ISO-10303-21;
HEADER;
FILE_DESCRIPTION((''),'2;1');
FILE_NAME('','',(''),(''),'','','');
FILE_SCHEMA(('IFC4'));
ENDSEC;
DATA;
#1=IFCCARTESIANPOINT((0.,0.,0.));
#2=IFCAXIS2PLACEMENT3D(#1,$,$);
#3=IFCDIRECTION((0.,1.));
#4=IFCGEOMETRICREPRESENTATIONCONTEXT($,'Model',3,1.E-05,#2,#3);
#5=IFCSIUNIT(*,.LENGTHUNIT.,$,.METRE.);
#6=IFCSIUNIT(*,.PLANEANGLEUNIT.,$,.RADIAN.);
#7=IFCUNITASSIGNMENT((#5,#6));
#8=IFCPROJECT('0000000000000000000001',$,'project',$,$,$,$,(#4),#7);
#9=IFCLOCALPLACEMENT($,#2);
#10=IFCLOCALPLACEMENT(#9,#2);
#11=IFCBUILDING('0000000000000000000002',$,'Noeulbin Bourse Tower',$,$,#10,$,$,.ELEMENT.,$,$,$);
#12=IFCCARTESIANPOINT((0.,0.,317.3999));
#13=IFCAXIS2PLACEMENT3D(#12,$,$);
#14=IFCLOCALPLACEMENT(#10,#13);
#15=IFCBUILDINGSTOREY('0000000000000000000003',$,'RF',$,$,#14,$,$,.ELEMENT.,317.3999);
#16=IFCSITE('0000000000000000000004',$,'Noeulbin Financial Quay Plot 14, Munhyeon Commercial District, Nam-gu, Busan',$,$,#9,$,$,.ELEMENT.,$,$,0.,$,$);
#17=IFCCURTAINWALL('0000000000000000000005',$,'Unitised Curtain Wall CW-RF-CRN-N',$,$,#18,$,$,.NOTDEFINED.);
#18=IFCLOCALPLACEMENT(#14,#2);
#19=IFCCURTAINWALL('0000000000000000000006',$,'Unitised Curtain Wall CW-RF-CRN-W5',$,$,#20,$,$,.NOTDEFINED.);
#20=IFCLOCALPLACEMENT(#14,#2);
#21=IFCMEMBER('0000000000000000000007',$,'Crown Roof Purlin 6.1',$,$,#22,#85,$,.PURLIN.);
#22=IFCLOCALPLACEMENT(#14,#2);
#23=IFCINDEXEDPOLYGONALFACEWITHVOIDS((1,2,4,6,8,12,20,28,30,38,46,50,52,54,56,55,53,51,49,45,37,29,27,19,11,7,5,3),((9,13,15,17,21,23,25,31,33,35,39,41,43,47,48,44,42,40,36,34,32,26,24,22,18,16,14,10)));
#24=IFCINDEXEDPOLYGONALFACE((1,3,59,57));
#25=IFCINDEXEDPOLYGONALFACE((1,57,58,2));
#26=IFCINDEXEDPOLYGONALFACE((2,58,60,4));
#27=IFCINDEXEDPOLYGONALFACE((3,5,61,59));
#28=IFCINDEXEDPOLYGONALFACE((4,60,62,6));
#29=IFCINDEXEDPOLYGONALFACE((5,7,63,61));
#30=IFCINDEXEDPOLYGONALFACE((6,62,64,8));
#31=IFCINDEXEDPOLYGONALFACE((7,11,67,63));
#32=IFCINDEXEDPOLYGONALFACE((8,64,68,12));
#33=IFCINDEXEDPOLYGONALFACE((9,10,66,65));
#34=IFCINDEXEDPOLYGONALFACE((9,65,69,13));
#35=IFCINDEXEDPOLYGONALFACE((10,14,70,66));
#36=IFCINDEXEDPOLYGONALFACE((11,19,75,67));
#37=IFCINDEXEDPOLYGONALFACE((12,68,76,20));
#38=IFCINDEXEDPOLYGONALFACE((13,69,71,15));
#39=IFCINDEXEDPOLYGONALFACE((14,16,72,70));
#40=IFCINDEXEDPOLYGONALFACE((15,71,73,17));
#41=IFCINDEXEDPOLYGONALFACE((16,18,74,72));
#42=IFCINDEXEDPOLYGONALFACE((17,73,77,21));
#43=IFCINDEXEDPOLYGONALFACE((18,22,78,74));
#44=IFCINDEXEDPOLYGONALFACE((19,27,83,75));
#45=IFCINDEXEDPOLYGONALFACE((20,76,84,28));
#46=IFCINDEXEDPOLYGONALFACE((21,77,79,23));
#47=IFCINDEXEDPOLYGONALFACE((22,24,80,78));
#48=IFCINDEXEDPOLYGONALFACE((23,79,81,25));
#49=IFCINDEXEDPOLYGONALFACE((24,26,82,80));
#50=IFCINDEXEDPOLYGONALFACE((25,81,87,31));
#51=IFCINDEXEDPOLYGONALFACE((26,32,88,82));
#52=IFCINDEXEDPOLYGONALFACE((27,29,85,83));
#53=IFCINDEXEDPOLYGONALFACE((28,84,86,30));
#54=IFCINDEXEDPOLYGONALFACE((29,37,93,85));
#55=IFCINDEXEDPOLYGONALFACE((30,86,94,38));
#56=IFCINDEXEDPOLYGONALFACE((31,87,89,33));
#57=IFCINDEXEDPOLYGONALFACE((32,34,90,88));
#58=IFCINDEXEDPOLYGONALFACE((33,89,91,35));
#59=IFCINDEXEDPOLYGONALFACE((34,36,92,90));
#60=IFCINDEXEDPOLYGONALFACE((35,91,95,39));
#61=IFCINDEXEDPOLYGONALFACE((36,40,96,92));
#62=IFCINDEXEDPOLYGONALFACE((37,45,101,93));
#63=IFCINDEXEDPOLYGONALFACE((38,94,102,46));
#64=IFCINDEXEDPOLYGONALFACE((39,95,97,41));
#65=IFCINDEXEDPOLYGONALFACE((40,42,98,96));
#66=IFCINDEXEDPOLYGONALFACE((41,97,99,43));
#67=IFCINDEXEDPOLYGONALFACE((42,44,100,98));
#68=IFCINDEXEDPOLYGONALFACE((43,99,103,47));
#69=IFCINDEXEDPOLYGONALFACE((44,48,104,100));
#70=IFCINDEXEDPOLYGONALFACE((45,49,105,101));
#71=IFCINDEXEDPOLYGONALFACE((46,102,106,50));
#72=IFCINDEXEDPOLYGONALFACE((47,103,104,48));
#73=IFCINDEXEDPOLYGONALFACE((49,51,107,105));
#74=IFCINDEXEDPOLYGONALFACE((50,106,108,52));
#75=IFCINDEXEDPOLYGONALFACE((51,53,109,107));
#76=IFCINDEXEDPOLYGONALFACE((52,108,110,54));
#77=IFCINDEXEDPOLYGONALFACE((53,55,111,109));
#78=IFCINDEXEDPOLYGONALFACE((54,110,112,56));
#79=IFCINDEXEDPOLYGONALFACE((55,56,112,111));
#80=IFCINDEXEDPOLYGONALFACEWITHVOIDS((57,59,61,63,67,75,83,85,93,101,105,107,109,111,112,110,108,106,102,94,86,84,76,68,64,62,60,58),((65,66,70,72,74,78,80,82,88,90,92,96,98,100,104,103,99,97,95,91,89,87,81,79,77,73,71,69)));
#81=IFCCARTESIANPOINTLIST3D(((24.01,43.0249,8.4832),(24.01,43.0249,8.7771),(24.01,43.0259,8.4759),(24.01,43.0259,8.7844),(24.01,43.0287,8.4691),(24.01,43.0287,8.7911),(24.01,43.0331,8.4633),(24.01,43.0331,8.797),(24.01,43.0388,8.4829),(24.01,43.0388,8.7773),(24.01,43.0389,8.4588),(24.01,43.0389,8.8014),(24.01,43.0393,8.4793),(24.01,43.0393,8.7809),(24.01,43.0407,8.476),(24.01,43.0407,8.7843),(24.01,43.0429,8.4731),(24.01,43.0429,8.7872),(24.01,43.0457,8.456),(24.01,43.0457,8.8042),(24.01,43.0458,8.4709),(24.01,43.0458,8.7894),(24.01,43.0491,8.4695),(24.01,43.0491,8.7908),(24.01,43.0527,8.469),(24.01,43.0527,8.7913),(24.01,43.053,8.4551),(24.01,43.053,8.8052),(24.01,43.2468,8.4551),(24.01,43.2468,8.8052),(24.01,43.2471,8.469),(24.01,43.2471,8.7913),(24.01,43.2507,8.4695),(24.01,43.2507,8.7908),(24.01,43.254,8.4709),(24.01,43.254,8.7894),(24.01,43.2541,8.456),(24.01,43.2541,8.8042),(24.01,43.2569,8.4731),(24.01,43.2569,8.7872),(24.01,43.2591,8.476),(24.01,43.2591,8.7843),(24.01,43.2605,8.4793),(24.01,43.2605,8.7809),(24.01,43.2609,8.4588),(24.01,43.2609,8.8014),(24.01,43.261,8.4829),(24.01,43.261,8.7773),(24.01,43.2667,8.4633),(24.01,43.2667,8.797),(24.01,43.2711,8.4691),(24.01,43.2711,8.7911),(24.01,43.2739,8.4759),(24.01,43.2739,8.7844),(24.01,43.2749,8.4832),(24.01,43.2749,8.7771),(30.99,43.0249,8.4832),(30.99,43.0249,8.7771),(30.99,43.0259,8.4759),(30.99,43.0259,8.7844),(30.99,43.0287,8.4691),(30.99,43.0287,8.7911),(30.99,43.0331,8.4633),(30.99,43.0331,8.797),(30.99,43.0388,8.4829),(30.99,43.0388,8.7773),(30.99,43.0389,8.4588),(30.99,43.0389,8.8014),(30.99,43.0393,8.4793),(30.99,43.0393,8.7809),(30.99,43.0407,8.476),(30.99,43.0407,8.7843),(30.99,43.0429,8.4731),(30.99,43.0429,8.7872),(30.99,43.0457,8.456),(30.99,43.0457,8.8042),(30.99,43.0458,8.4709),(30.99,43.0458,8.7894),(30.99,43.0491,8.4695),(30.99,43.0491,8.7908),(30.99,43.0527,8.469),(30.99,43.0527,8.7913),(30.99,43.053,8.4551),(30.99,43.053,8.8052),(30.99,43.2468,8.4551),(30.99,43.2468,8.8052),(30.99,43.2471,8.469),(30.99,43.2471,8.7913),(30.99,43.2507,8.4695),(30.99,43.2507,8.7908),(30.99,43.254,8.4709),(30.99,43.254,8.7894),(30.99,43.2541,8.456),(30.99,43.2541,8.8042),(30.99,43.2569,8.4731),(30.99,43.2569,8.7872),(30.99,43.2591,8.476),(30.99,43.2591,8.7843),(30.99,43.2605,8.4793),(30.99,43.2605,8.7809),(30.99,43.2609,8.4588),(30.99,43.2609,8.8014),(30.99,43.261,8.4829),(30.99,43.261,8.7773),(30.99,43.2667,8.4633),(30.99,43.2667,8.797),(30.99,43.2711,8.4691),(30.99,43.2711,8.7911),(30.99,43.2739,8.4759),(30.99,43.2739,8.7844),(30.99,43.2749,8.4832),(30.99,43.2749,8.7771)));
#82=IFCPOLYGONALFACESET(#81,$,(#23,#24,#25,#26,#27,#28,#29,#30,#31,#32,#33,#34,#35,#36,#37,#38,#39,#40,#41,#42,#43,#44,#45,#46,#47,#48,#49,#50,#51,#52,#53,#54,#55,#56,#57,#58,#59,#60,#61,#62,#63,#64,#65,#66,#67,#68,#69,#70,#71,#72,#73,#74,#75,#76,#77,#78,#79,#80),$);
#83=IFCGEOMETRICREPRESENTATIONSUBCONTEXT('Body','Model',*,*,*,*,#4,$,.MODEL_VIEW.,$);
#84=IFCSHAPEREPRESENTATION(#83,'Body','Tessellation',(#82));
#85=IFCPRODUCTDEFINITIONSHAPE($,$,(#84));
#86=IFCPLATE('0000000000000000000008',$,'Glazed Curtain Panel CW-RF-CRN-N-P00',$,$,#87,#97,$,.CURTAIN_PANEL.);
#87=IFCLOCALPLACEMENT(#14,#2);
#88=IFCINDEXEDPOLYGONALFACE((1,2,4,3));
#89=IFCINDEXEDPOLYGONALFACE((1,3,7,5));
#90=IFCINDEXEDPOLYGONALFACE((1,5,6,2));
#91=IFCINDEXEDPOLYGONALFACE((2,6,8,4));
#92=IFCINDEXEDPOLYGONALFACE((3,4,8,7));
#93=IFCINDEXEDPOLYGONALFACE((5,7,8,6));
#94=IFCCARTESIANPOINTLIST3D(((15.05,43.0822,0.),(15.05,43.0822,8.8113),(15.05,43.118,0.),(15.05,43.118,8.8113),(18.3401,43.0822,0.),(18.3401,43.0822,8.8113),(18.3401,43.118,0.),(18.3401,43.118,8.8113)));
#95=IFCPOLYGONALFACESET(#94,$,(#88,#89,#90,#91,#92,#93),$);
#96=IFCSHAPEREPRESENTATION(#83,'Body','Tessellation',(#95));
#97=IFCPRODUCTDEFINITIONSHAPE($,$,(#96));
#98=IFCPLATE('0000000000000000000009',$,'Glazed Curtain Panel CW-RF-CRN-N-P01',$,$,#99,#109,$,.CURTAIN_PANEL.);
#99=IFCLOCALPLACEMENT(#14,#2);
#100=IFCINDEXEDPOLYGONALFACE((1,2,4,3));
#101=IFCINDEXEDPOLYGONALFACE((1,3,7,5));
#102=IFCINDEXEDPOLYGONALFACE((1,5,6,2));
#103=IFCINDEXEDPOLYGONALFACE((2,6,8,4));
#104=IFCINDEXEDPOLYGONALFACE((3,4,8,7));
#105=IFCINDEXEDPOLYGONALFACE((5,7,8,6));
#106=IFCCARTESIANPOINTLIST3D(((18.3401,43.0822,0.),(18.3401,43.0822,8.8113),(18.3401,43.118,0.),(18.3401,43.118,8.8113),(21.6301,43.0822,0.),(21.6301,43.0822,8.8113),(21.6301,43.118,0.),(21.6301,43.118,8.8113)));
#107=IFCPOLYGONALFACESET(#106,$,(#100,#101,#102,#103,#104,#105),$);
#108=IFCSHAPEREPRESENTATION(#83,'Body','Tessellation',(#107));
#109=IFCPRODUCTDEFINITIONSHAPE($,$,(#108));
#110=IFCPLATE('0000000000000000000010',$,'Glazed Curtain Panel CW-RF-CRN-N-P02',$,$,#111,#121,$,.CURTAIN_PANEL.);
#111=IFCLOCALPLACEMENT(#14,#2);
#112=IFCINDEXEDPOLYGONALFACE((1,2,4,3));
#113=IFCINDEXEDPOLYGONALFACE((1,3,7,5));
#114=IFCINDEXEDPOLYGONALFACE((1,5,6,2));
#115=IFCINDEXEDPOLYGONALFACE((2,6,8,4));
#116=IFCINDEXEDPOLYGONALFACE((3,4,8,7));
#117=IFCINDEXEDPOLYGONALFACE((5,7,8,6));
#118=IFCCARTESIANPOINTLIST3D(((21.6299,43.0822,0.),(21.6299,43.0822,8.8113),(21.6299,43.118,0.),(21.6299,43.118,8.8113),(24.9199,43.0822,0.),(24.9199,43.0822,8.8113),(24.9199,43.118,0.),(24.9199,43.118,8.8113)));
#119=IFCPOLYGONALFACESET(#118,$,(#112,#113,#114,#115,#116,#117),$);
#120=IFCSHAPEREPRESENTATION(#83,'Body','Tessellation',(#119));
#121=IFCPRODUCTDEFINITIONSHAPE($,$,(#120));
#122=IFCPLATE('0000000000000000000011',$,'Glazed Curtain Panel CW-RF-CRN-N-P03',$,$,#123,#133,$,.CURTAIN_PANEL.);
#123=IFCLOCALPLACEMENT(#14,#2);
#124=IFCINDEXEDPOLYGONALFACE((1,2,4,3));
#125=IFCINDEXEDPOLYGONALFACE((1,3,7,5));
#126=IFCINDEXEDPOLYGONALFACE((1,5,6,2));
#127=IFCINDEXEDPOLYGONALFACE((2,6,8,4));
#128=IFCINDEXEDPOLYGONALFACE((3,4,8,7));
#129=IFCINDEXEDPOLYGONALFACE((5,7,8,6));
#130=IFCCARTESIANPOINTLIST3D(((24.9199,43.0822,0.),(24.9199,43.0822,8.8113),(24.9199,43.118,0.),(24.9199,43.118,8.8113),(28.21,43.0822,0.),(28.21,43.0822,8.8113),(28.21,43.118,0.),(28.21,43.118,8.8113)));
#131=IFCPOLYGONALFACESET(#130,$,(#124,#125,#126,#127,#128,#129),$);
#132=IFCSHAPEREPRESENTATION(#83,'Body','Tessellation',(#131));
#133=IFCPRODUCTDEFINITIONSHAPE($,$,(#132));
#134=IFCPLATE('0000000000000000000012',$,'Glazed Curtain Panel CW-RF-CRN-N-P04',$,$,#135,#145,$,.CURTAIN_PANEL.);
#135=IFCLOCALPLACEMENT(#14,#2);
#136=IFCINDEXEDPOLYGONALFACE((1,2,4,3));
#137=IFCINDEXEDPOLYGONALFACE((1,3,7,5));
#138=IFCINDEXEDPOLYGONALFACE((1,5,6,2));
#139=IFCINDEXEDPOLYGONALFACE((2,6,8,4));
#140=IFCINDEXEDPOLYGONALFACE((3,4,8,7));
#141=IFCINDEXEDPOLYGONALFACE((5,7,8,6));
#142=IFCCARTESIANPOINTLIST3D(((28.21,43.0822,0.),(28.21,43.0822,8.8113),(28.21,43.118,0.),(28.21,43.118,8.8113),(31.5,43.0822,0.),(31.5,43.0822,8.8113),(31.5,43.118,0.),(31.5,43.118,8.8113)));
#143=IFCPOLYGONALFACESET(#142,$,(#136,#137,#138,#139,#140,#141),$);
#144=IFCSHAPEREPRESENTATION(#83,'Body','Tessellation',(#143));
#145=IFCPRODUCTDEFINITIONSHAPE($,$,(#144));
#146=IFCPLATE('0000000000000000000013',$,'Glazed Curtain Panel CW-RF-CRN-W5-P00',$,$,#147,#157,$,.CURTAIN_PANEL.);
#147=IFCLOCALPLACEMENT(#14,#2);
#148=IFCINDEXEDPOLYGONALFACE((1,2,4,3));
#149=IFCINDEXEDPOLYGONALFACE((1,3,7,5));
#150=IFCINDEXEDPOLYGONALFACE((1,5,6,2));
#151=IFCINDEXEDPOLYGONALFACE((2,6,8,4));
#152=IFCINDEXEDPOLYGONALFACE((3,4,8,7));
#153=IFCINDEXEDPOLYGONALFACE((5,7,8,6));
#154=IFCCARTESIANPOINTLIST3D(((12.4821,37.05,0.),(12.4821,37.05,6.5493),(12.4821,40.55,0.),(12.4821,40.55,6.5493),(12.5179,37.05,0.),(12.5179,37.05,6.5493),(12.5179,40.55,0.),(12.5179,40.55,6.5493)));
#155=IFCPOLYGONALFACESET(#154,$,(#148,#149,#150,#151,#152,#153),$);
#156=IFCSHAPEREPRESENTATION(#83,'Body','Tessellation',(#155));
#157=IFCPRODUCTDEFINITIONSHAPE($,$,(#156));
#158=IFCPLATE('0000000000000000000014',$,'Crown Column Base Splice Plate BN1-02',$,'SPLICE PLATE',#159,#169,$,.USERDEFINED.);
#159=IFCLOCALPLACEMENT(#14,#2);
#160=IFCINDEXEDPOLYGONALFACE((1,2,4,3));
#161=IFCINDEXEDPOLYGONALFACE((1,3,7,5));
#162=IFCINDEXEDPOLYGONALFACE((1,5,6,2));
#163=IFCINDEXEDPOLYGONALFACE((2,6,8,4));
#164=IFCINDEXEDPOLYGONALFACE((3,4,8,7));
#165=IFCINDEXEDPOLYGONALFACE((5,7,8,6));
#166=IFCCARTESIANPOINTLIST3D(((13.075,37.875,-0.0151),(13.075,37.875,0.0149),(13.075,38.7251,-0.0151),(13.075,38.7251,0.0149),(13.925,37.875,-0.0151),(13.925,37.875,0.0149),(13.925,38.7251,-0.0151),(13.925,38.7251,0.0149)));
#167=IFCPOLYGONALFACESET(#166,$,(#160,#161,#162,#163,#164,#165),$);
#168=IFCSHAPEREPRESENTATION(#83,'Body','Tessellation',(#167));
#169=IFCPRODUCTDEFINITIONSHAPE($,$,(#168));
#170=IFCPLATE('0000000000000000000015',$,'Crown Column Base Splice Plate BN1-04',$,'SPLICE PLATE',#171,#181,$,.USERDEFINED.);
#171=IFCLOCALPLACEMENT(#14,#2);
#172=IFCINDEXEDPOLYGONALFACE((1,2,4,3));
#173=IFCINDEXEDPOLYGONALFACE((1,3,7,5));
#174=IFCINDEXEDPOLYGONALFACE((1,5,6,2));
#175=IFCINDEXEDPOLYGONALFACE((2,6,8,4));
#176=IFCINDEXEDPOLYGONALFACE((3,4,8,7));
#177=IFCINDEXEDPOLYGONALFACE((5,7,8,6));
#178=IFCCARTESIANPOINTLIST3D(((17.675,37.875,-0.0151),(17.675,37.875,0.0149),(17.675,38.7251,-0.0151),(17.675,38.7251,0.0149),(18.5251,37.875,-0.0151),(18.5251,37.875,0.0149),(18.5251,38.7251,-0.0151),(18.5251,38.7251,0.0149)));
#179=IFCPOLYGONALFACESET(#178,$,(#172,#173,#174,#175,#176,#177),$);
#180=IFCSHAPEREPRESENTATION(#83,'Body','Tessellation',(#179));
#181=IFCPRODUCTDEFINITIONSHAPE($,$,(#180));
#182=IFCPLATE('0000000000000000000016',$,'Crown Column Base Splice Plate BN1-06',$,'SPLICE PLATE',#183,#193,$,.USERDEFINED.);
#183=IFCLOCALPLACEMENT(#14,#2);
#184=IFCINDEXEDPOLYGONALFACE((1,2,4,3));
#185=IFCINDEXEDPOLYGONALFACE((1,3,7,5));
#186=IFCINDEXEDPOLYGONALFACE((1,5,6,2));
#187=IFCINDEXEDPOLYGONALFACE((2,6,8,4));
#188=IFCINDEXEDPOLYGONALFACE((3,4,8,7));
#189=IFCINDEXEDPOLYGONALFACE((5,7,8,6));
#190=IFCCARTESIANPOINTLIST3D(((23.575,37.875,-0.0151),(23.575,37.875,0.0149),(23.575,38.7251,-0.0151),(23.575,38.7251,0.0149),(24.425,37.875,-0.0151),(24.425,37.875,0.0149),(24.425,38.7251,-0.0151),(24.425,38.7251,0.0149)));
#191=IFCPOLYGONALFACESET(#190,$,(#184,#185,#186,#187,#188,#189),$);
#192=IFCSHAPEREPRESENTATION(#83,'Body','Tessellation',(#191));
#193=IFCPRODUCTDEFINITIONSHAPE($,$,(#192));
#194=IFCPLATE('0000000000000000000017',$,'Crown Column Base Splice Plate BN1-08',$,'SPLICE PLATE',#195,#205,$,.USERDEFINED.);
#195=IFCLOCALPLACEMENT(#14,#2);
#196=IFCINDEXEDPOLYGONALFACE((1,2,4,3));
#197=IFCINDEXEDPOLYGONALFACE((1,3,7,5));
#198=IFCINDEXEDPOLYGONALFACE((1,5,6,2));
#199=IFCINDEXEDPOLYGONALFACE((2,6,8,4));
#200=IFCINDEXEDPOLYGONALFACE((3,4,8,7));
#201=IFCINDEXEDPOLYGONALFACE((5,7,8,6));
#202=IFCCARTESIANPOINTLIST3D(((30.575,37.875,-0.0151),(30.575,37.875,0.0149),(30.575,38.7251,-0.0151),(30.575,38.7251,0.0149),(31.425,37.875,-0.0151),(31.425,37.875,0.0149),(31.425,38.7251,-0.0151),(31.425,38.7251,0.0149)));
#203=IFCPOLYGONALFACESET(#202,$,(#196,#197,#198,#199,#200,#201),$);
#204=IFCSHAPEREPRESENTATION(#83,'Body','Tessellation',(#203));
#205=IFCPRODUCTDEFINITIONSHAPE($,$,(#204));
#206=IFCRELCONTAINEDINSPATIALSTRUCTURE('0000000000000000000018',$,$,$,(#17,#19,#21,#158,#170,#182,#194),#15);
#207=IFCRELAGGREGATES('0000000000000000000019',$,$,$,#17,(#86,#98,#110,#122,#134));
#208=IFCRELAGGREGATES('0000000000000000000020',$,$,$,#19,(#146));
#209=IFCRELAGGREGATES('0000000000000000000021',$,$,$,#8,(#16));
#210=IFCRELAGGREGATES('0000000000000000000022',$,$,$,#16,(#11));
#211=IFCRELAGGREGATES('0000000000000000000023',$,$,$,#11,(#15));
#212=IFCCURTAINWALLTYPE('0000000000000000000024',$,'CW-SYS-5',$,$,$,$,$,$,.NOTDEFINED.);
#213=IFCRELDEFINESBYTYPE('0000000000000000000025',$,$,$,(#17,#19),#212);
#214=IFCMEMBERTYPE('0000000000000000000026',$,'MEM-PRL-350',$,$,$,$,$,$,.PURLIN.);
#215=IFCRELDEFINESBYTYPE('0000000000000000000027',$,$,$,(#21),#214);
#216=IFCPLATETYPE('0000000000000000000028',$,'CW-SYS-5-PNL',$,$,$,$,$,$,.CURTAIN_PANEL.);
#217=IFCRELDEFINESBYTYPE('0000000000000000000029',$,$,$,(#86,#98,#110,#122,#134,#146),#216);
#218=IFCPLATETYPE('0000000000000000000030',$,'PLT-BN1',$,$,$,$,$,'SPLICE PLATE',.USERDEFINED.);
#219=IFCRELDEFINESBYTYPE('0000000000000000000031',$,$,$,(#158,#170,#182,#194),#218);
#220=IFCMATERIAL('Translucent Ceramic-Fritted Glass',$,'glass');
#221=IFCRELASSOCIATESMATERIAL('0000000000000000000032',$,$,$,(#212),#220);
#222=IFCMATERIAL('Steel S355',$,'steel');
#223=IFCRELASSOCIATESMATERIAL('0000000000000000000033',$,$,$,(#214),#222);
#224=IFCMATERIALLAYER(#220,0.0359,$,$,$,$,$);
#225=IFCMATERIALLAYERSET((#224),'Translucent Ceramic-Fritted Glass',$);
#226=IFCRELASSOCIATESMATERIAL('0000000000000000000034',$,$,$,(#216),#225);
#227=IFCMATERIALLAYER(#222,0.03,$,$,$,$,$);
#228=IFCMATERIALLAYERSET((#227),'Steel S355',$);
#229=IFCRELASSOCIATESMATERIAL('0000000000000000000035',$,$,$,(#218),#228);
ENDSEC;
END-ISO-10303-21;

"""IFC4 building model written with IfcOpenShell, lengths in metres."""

from ifc_helpers import new_model, si_unit, direction, frame, origin, origin_2d, place, context, subcontext, project, spatial, rectangle, hollow_rectangle, extrude, material, layer, layer_set, material_profile, profile_set, type_object, element, aggregate, save


model = new_model("IFC4")

# Units and contexts
model_context = context("Model", 3, precision=1e-05, world=origin(), true_north=direction((0.0, 1.0)))
body_context = subcontext(model_context, "Body", "Model", "MODEL_VIEW")
ifc_project = project(units=[si_unit("LENGTHUNIT", "METRE"), si_unit("PLANEANGLEUNIT", "RADIAN")], contexts=[model_context])

# Site, building, storey
site_placement = place(None, origin())
site = spatial("IfcSite", under=ifc_project, at=site_placement, Name="Noeulbin Financial Quay Plot 14, Munhyeon Commercial District, Nam-gu, Busan", CompositionType="ELEMENT", RefElevation=0.0)
building_placement = place(site_placement, origin())
building = spatial("IfcBuilding", under=site, at=building_placement, Name="Noeulbin Bourse Tower", CompositionType="ELEMENT")
storey_placement = place(building_placement, frame((0.0, 0.0, 317.3999)))
storey = spatial("IfcBuildingStorey", under=building, at=storey_placement, Name="RF", CompositionType="ELEMENT", Elevation=317.3999)

# Shared definitions
ifc_material_1 = material(Name="Steel S355", Category="steel")

# Curtain wall
ifc_material_2 = material(Name="Translucent Ceramic-Fritted Glass", Category="glass")
curtain_wall_type = type_object("IfcCurtainWallType", Name="CW-SYS-5", PredefinedType="NOTDEFINED", material=ifc_material_2)
curtain_wall_1_placement = place(storey_placement, origin())
curtain_wall_1 = element("IfcCurtainWall", 1, at=curtain_wall_1_placement, inside=storey, type_object=curtain_wall_type, Name="Unitised Curtain Wall CW-RF-CRN-N", PredefinedType="NOTDEFINED")

# Curtain wall
curtain_wall_2_placement = place(storey_placement, origin())
curtain_wall_2 = element("IfcCurtainWall", 2, at=curtain_wall_2_placement, inside=storey, type_object=curtain_wall_type, Name="Unitised Curtain Wall CW-RF-CRN-W5", PredefinedType="NOTDEFINED")

# Member
ifc_material_profile_1 = material_profile(ifc_material_1, hollow_rectangle(XDim=0.25, YDim=0.3501, WallThickness=0.0139, InnerFilletRadius=0.0139, OuterFilletRadius=0.0281, at=origin_2d()), Name="RHS-350x250x14", Category="LoadBearing")
ifc_profile_set_1 = profile_set([ifc_material_profile_1], Name="Steel S355")
member_type_1 = type_object("IfcMemberType", Name="MEM-PRL-350", PredefinedType="PURLIN", material=ifc_profile_set_1)
member_1_placement = place(storey_placement, frame((24.01, 43.1499, 8.6301), z_axis=(1.0, 0.0, 0.0), x_axis=(0.0, 1.0, 0.0)))
element("IfcMember", 3, at=member_1_placement, inside=storey, type_object=member_type_1, Name="Crown Roof Purlin 6.1", PredefinedType="PURLIN", context=body_context, shape_type="SweptSolid", body=[
    extrude(hollow_rectangle(XDim=0.25, YDim=0.3501, WallThickness=0.0139, InnerFilletRadius=0.0139, OuterFilletRadius=0.0281, at=origin_2d()), origin(), (0.0, 0.0, 1.0), 6.98),
])

# Plates
ifc_layer_1 = layer(ifc_material_2, 0.0359)
ifc_layer_set_1 = layer_set([ifc_layer_1], Name="Translucent Ceramic-Fritted Glass")
plate_type_1 = type_object("IfcPlateType", Name="CW-SYS-5-PNL", PredefinedType="CURTAIN_PANEL", material=ifc_layer_set_1)
plate_1_placement = place(storey_placement, frame((16.6951, 43.1001, 0.0), z_axis=(0.0, 0.0, 1.0), x_axis=(1.0, 0.0, 0.0)))
plate_1 = element("IfcPlate", 4, at=plate_1_placement, type_object=plate_type_1, Name="Glazed Curtain Panel CW-RF-CRN-N-P00", PredefinedType="CURTAIN_PANEL", context=body_context, shape_type="SweptSolid", body=[
    extrude(rectangle(XDim=3.29, YDim=0.0359, at=origin_2d()), origin(), (0.0, 0.0, 1.0), 8.8113),
])
plate_2_placement = place(storey_placement, frame((19.9851, 43.1001, 0.0), z_axis=(0.0, 0.0, 1.0), x_axis=(1.0, 0.0, 0.0)))
plate_2 = element("IfcPlate", 5, at=plate_2_placement, type_object=plate_type_1, Name="Glazed Curtain Panel CW-RF-CRN-N-P01", PredefinedType="CURTAIN_PANEL", context=body_context, shape_type="SweptSolid", body=[
    extrude(rectangle(XDim=3.29, YDim=0.0359, at=origin_2d()), origin(), (0.0, 0.0, 1.0), 8.8113),
])
plate_3_placement = place(storey_placement, frame((23.2749, 43.1001, 0.0), z_axis=(0.0, 0.0, 1.0), x_axis=(1.0, 0.0, 0.0)))
plate_3 = element("IfcPlate", 6, at=plate_3_placement, type_object=plate_type_1, Name="Glazed Curtain Panel CW-RF-CRN-N-P02", PredefinedType="CURTAIN_PANEL", context=body_context, shape_type="SweptSolid", body=[
    extrude(rectangle(XDim=3.29, YDim=0.0359, at=origin_2d()), origin(), (0.0, 0.0, 1.0), 8.8113),
])
plate_4_placement = place(storey_placement, frame((26.5649, 43.1001, 0.0), z_axis=(0.0, 0.0, 1.0), x_axis=(1.0, 0.0, 0.0)))
plate_4 = element("IfcPlate", 7, at=plate_4_placement, type_object=plate_type_1, Name="Glazed Curtain Panel CW-RF-CRN-N-P03", PredefinedType="CURTAIN_PANEL", context=body_context, shape_type="SweptSolid", body=[
    extrude(rectangle(XDim=3.29, YDim=0.0359, at=origin_2d()), origin(), (0.0, 0.0, 1.0), 8.8113),
])
plate_5_placement = place(storey_placement, frame((29.855, 43.1001, 0.0), z_axis=(0.0, 0.0, 1.0), x_axis=(1.0, 0.0, 0.0)))
plate_5 = element("IfcPlate", 8, at=plate_5_placement, type_object=plate_type_1, Name="Glazed Curtain Panel CW-RF-CRN-N-P04", PredefinedType="CURTAIN_PANEL", context=body_context, shape_type="SweptSolid", body=[
    extrude(rectangle(XDim=3.29, YDim=0.0359, at=origin_2d()), origin(), (0.0, 0.0, 1.0), 8.8113),
])
aggregate(curtain_wall_1, [plate_1, plate_2, plate_3, plate_4, plate_5])
plate_6_placement = place(storey_placement, frame((12.5, 38.8, 0.0), z_axis=(0.0, 0.0, 1.0), x_axis=(0.0, 1.0, 0.0)))
plate_6 = element("IfcPlate", 9, at=plate_6_placement, type_object=plate_type_1, Name="Glazed Curtain Panel CW-RF-CRN-W5-P00", PredefinedType="CURTAIN_PANEL", context=body_context, shape_type="SweptSolid", body=[
    extrude(rectangle(XDim=3.5, YDim=0.0359, at=origin_2d()), origin(), (0.0, 0.0, 1.0), 6.5493),
])
aggregate(curtain_wall_2, [plate_6])

# Plates
ifc_layer_2 = layer(ifc_material_1, 0.03)
ifc_layer_set_2 = layer_set([ifc_layer_2], Name="Steel S355")
plate_type_2 = type_object("IfcPlateType", Name="PLT-BN1", ElementType="SPLICE PLATE", PredefinedType="USERDEFINED", material=ifc_layer_set_2)
for number, where, z_axis, x_axis, name in (
    (10, (13.5, 38.3, -0.0151), (0.0, 0.0, 1.0), (1.0, 0.0, 0.0), "Crown Column Base Splice Plate BN1-02"),
    (11, (18.1001, 38.3, -0.0151), (0.0, 0.0, 1.0), (1.0, 0.0, 0.0), "Crown Column Base Splice Plate BN1-04"),
    (12, (24.0, 38.3, -0.0151), (0.0, 0.0, 1.0), (1.0, 0.0, 0.0), "Crown Column Base Splice Plate BN1-06"),
    (13, (31.0, 38.3, -0.0151), (0.0, 0.0, 1.0), (1.0, 0.0, 0.0), "Crown Column Base Splice Plate BN1-08"),
):
    element("IfcPlate", number, at=place(storey_placement, frame(where, z_axis=z_axis, x_axis=x_axis)), inside=storey, type_object=plate_type_2, Name=name, ObjectType="SPLICE PLATE", PredefinedType="USERDEFINED", context=body_context, shape_type="SweptSolid", body=[
        extrude(rectangle(XDim=0.8501, YDim=0.8501, at=origin_2d()), origin(), (0.0, 0.0, 1.0), 0.03),
    ])

save(model, "model.ifc")
